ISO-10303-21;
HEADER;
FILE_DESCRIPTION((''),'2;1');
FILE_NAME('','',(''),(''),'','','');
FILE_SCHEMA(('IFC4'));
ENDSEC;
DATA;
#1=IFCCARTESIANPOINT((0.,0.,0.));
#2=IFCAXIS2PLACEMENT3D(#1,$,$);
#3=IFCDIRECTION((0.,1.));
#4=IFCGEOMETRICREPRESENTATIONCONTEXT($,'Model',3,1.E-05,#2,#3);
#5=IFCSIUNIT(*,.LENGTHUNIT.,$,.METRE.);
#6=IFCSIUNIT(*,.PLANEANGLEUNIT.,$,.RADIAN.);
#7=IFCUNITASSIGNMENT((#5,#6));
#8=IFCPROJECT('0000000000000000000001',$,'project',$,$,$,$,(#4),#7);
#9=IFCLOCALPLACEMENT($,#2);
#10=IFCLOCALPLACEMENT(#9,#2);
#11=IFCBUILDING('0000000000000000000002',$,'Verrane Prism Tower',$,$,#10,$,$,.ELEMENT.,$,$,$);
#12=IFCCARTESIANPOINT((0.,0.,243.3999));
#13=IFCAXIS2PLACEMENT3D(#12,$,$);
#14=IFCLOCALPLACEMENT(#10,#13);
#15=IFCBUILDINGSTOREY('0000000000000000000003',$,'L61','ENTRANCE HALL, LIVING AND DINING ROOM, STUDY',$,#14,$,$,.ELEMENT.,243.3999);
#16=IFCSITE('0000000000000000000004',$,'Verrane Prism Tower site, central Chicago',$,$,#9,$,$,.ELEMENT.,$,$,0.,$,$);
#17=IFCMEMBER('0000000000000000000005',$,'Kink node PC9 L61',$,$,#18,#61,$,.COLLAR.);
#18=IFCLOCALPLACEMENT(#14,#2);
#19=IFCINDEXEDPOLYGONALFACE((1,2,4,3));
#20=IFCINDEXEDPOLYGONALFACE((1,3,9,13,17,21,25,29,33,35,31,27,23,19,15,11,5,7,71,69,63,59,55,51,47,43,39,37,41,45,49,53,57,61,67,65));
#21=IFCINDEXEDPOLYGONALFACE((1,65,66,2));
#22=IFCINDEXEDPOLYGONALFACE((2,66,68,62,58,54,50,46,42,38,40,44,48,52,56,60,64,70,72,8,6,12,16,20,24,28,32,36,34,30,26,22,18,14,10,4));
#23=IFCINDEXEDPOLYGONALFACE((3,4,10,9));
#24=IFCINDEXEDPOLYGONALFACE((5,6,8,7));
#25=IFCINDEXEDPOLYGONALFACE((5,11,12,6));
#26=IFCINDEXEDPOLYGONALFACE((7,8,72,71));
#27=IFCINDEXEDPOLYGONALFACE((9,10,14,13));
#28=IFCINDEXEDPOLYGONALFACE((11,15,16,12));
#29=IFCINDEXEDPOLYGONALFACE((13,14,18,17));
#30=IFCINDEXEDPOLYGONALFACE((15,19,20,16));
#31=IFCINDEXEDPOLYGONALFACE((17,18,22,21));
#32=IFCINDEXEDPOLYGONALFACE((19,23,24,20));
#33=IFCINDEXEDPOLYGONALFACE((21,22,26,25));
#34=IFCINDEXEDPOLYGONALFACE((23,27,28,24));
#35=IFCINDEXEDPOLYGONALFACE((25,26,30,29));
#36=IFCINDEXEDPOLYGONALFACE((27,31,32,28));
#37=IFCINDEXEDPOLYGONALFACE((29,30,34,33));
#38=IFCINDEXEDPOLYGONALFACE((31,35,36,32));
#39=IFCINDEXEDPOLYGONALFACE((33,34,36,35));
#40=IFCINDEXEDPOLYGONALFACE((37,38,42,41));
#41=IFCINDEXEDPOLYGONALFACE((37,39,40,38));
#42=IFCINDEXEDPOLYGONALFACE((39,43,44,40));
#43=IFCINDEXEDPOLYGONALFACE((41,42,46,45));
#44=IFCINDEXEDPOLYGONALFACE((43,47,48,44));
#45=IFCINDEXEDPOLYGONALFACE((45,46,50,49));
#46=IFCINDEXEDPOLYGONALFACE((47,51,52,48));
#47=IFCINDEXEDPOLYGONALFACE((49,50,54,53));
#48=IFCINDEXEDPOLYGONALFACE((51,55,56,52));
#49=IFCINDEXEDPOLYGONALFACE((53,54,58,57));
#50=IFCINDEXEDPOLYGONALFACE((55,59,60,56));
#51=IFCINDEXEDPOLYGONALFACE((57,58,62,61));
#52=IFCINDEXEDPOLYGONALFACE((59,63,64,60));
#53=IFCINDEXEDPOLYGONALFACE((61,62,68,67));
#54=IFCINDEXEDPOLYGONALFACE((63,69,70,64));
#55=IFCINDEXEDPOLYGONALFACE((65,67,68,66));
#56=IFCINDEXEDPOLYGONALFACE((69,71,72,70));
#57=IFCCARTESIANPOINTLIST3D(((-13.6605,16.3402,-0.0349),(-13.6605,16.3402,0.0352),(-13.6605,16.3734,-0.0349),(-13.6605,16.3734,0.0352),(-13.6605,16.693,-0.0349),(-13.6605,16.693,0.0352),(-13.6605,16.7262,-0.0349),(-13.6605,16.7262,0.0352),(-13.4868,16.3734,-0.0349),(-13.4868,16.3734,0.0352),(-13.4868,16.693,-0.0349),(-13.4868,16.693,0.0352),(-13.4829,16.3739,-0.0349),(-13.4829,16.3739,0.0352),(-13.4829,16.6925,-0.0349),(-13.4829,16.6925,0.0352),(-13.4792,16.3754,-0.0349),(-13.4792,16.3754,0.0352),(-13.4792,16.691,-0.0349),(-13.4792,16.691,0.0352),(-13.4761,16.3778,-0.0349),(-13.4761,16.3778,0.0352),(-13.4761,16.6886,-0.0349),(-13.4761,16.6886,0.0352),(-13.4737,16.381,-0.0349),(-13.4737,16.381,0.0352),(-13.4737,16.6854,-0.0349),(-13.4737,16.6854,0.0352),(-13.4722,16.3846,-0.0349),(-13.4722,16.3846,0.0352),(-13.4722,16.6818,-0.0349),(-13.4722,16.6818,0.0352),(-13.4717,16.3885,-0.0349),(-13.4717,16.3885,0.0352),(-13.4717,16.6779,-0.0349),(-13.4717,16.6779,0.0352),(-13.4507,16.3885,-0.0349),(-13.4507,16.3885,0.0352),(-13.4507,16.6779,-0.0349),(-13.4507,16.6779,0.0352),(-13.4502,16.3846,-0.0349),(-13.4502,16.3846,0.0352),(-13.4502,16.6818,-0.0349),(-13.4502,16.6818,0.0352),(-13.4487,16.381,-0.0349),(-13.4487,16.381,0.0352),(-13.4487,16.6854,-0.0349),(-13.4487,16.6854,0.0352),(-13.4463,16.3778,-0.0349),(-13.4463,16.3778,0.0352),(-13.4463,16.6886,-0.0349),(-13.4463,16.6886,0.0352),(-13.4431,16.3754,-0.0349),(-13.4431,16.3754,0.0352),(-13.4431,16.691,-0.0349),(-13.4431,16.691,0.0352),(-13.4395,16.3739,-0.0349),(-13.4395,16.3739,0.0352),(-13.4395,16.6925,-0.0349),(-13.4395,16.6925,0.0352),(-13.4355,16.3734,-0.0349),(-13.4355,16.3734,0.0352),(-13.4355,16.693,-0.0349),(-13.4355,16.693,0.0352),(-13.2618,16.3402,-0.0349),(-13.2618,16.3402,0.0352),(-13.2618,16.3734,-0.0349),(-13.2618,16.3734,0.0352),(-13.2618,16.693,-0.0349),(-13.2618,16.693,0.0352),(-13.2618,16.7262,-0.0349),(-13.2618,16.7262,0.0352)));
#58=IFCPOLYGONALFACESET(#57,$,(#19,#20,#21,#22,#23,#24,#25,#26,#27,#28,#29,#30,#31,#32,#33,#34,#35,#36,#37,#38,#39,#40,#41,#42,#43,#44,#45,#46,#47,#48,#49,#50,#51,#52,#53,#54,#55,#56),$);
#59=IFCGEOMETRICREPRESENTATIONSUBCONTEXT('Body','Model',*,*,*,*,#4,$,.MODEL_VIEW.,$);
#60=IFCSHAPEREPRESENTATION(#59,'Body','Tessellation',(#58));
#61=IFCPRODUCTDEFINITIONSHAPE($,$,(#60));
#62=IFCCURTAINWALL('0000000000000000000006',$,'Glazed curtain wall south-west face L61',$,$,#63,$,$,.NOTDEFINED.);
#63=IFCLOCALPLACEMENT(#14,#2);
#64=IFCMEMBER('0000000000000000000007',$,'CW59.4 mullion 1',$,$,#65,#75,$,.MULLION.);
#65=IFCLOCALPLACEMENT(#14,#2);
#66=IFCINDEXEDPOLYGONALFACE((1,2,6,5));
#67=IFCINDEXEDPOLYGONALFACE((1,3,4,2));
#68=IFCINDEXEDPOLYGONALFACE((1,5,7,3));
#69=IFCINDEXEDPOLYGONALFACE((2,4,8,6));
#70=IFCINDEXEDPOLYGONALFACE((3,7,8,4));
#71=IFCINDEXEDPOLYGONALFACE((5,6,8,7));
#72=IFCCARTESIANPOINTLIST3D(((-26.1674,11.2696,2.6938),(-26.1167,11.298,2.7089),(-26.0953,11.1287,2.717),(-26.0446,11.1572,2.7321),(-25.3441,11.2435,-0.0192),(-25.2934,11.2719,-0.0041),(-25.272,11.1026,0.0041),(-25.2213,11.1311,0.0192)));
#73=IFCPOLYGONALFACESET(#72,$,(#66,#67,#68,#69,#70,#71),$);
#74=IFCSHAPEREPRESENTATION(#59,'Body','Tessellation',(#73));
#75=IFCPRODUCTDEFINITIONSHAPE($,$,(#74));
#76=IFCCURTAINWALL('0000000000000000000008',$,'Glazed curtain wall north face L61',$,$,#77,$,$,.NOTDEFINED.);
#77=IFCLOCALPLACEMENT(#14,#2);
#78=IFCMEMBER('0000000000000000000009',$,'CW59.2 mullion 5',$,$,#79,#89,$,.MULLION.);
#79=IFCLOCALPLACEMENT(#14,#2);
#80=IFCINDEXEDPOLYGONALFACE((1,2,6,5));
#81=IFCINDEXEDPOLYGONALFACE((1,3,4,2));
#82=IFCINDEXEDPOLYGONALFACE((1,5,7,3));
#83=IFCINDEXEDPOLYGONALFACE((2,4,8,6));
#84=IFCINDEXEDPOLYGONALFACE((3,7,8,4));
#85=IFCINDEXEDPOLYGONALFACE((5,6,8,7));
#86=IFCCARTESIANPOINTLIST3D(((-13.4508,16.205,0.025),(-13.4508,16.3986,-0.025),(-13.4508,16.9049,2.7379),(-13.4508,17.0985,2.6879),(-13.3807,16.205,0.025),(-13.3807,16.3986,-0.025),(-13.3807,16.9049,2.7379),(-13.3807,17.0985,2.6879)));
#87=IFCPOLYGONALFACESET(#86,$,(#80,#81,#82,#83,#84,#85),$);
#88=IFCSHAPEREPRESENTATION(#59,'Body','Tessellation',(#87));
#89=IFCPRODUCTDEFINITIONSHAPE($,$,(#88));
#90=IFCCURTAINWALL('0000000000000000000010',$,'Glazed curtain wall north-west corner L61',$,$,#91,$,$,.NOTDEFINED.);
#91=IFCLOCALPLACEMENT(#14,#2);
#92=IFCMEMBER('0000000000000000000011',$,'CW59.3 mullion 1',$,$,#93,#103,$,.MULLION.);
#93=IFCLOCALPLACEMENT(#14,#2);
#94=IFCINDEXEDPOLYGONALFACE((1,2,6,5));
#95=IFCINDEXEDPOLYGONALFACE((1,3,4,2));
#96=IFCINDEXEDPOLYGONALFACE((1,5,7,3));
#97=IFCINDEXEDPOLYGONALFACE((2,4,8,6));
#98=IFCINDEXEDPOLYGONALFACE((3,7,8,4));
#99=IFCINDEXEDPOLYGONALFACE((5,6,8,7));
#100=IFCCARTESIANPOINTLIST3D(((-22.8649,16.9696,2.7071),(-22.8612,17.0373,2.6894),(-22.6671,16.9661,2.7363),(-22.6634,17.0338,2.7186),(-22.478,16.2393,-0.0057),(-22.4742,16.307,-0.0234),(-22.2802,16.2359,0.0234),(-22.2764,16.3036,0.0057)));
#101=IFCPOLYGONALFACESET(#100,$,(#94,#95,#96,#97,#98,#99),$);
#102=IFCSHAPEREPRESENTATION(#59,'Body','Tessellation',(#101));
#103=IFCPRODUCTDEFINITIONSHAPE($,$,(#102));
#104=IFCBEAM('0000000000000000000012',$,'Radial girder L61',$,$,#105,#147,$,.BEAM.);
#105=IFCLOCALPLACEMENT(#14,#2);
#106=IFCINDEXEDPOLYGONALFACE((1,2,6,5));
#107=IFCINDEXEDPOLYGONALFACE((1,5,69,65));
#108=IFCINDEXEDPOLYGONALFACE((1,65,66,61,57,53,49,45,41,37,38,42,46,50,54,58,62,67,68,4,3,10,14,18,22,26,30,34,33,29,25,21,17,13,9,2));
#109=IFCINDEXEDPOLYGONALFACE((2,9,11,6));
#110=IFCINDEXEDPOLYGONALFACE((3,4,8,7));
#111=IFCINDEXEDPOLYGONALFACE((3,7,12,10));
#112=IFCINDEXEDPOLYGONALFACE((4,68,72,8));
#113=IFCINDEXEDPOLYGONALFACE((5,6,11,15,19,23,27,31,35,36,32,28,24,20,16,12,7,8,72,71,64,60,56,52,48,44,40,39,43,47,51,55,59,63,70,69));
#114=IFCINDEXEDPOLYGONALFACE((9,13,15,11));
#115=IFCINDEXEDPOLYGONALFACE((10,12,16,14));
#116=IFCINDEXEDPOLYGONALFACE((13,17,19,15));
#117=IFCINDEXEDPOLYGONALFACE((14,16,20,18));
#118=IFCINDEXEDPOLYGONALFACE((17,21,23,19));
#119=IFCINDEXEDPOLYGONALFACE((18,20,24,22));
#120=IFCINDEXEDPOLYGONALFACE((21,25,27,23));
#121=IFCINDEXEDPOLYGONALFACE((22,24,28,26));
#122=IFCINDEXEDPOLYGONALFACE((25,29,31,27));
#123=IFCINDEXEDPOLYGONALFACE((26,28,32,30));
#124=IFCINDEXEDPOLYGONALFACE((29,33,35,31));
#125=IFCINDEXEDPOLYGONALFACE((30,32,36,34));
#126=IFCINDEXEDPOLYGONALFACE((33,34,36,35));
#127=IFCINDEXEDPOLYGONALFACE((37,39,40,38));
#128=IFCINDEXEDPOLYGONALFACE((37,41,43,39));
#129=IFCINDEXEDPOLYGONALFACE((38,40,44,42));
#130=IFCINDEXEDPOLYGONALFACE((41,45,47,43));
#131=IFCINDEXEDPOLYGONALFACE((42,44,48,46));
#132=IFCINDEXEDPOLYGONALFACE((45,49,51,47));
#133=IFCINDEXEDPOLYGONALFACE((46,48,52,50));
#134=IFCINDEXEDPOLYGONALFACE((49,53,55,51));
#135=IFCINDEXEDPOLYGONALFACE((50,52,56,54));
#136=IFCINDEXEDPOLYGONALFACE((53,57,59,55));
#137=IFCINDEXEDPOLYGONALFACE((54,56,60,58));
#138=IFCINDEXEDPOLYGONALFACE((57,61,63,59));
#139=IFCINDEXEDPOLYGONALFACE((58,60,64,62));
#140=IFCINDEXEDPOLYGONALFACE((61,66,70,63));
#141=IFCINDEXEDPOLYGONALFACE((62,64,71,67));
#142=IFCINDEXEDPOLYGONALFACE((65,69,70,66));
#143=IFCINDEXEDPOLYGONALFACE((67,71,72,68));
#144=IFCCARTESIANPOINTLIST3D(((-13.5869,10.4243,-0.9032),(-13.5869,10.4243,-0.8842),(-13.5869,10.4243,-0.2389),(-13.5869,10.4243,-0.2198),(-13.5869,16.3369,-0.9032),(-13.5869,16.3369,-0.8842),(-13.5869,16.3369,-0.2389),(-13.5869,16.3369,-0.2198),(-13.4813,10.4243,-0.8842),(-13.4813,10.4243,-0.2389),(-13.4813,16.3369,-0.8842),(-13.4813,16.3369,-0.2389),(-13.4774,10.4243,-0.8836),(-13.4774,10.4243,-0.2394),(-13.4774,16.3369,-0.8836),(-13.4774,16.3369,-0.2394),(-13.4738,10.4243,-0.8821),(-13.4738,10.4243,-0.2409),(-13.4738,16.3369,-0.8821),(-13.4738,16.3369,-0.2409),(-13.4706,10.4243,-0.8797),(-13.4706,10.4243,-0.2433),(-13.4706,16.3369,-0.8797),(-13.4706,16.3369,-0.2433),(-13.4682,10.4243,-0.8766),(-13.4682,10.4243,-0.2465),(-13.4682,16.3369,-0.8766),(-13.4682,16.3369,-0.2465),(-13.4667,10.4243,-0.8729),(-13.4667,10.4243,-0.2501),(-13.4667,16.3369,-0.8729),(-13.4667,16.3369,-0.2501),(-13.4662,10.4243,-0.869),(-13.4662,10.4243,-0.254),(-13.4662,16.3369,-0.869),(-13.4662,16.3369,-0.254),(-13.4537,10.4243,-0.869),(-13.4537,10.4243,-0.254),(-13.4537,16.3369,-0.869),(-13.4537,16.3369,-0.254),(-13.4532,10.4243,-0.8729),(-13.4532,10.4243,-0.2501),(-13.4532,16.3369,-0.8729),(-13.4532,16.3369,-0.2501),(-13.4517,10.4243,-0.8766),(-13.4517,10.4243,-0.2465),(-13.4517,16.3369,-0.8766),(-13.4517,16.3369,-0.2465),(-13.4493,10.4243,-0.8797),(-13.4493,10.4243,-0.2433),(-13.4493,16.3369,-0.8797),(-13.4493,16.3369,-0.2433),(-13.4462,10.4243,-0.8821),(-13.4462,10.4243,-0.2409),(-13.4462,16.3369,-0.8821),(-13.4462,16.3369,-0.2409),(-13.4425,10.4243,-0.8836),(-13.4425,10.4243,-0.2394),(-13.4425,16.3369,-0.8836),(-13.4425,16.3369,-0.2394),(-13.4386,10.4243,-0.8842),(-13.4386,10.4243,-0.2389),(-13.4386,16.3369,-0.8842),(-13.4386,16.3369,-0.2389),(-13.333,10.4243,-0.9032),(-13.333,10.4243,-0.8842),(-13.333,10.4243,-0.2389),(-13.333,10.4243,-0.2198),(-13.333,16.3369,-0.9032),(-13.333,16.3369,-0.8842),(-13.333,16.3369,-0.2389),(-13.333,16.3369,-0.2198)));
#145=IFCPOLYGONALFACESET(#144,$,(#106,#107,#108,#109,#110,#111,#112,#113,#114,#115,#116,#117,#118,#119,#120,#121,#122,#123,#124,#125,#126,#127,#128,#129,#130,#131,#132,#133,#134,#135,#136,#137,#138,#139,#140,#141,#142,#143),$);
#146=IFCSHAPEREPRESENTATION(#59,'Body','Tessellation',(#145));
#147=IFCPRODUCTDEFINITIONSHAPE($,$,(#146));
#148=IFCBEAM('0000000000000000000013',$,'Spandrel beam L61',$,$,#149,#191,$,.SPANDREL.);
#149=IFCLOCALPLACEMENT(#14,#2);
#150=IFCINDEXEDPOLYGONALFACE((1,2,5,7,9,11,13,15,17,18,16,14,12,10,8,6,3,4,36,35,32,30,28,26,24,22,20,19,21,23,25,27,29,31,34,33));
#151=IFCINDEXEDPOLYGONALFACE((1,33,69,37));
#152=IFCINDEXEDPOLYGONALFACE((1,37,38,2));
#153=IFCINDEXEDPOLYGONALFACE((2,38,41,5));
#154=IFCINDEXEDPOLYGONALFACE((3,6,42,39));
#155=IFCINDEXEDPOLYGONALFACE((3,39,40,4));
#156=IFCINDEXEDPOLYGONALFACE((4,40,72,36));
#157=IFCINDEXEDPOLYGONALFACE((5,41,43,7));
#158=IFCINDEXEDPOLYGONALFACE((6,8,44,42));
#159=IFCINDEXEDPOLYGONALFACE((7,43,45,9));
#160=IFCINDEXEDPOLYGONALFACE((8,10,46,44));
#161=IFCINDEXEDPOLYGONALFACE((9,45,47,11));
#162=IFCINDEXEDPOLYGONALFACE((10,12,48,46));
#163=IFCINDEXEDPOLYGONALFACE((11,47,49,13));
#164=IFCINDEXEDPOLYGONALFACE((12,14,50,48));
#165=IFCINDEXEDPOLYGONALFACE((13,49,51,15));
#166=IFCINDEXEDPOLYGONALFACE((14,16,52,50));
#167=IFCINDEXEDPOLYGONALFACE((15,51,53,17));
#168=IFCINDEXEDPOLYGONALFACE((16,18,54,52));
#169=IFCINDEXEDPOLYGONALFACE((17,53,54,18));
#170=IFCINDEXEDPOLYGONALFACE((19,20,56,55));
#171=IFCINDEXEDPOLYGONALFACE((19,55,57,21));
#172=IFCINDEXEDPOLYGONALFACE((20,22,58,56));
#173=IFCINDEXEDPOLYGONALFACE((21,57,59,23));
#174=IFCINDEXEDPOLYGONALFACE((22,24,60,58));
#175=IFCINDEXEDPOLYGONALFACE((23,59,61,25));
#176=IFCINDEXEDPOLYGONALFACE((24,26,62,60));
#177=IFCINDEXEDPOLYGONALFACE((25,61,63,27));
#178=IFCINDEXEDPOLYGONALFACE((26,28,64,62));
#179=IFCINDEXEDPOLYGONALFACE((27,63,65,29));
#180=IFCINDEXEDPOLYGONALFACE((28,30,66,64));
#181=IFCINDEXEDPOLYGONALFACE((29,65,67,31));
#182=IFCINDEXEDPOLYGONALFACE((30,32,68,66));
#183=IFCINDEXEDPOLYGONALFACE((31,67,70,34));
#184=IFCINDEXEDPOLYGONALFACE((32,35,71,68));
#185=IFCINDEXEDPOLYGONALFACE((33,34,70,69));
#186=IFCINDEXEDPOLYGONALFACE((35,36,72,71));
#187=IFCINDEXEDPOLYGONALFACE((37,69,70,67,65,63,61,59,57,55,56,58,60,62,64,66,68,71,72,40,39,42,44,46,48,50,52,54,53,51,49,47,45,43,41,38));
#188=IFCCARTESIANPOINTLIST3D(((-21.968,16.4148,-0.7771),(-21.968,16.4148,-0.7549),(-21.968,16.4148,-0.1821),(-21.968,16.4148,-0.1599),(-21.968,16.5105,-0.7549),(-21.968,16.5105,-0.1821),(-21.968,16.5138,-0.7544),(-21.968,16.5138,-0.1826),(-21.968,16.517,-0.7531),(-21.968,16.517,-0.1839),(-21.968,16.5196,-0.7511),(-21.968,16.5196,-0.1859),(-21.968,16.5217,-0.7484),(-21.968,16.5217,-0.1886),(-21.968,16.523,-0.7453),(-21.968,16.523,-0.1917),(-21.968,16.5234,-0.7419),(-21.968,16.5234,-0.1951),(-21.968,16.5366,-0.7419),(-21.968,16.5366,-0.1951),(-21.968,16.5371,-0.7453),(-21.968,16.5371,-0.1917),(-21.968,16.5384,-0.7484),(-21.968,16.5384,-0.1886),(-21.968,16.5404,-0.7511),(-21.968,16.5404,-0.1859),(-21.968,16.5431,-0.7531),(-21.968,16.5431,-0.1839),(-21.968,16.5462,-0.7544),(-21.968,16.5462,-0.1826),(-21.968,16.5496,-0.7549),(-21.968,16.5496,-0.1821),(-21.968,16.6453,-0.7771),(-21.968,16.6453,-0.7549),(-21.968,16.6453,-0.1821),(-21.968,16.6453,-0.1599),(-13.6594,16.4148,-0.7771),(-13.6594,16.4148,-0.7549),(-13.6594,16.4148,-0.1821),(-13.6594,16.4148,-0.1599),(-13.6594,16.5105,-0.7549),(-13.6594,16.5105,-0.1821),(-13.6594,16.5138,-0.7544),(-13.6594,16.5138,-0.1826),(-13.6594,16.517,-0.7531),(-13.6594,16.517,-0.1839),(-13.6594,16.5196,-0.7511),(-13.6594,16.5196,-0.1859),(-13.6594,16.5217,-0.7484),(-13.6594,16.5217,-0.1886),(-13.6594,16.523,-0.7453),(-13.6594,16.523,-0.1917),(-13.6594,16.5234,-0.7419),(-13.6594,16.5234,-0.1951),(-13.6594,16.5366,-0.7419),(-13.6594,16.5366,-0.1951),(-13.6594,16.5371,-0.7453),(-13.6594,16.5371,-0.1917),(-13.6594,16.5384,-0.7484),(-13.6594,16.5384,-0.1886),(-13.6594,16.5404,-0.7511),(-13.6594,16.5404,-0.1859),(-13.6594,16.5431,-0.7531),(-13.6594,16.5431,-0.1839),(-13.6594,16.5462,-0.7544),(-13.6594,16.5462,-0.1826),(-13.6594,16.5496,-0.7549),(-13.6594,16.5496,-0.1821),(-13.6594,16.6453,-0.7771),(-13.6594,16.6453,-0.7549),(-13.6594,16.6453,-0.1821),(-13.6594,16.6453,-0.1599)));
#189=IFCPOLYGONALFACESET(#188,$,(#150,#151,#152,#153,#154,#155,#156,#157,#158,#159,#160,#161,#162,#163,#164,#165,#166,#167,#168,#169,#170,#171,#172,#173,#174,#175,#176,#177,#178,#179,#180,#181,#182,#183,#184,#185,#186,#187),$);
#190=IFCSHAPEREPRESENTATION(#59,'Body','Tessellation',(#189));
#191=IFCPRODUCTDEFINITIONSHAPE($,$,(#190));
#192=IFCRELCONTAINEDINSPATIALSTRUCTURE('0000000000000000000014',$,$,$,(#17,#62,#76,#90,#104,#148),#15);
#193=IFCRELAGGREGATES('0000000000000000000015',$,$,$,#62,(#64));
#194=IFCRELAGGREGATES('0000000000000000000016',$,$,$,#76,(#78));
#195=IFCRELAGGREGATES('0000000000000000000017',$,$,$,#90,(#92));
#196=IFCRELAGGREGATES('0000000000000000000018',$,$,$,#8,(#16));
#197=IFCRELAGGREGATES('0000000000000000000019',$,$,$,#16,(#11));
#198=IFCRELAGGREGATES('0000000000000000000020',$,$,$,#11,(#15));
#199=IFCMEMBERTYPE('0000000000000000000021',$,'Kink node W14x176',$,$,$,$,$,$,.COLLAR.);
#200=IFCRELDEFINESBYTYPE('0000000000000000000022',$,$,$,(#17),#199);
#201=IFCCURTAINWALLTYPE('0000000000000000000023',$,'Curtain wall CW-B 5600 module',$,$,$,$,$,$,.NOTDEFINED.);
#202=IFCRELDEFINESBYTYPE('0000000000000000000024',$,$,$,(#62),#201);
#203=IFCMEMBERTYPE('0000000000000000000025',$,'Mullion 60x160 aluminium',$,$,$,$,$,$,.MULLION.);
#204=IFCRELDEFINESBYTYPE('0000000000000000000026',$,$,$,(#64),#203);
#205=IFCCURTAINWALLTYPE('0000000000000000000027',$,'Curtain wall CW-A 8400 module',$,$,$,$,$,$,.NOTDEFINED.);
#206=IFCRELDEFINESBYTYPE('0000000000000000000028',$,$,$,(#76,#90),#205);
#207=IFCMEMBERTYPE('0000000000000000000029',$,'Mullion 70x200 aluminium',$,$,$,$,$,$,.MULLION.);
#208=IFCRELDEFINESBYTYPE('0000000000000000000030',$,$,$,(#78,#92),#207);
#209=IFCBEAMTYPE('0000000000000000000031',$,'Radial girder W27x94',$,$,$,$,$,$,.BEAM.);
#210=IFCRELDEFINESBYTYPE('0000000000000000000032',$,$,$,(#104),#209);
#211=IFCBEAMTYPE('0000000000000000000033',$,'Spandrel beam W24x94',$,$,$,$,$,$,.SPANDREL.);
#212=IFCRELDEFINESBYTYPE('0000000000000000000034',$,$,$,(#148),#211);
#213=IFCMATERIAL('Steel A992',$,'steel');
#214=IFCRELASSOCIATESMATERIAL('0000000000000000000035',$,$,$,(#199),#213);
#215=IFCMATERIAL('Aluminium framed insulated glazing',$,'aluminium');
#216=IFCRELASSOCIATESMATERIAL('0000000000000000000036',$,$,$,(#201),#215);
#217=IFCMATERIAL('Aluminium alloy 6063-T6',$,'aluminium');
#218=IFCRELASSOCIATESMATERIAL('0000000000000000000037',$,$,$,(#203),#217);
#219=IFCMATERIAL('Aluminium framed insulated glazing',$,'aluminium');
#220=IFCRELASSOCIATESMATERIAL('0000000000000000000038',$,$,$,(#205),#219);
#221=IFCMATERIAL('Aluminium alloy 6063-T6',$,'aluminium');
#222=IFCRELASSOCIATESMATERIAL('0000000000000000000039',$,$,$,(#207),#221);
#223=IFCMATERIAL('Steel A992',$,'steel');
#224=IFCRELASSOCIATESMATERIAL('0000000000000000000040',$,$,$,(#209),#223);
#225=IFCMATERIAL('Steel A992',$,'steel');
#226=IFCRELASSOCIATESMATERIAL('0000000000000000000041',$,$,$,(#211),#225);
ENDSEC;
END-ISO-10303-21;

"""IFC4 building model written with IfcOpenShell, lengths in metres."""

from ifc_helpers import new_model, si_unit, direction, frame, origin, origin_2d, place, context, subcontext, project, spatial, rectangle, i_section, extrude, material, material_profile, profile_set, type_object, element, aggregate, save


model = new_model("IFC4")

# Units and contexts
model_context = context("Model", 3, precision=1e-05, world=origin(), true_north=direction((0.0, 1.0)))
body_context = subcontext(model_context, "Body", "Model", "MODEL_VIEW")
ifc_project = project(units=[si_unit("LENGTHUNIT", "METRE"), si_unit("PLANEANGLEUNIT", "RADIAN")], contexts=[model_context])

# Site, building, storey
site_placement = place(None, origin())
site = spatial("IfcSite", under=ifc_project, at=site_placement, Name="Verrane Prism Tower site, central Chicago", CompositionType="ELEMENT", RefElevation=0.0)
building_placement = place(site_placement, origin())
building = spatial("IfcBuilding", under=site, at=building_placement, Name="Verrane Prism Tower", CompositionType="ELEMENT")
storey_placement = place(building_placement, frame((0.0, 0.0, 243.3999)))
storey = spatial("IfcBuildingStorey", under=building, at=storey_placement, Name="L61", Description="ENTRANCE HALL, LIVING AND DINING ROOM, STUDY", CompositionType="ELEMENT", Elevation=243.3999)

# Member
ifc_material_1 = material(Name="Steel A992", Category="steel")
ifc_material_profile_1 = material_profile(ifc_material_1, i_section(OverallWidth=0.3987, OverallDepth=0.386, WebThickness=0.021, FlangeThickness=0.0332, FilletRadius=0.0151, at=origin_2d()), Name="W14x176")
ifc_profile_set_1 = profile_set([ifc_material_profile_1], Name="Steel A992")
member_type_1 = type_object("IfcMemberType", Name="Kink node W14x176", PredefinedType="COLLAR", material=ifc_profile_set_1)
member_1_placement = place(storey_placement, frame((-13.4612, 16.5332, -0.0349), z_axis=(0.0, 0.0, 1.0), x_axis=(1.0, 0.0, 0.0)))
element("IfcMember", 1, at=member_1_placement, inside=storey, type_object=member_type_1, Name="Kink node PC9 L61", PredefinedType="COLLAR", context=body_context, shape_type="SweptSolid", body=[
    extrude(i_section(OverallWidth=0.3987, OverallDepth=0.386, WebThickness=0.021, FlangeThickness=0.0332, FilletRadius=0.0151, at=origin_2d()), origin(), (0.0, 0.0, 1.0), 0.0701),
])

# Curtain walls, members
ifc_material_2 = material(Name="Aluminium framed insulated glazing", Category="aluminium")
curtain_wall_type_1 = type_object("IfcCurtainWallType", Name="Curtain wall CW-B 5600 module", PredefinedType="NOTDEFINED", material=ifc_material_2)
curtain_wall_1_placement = place(storey_placement, origin())
curtain_wall_1 = element("IfcCurtainWall", 2, at=curtain_wall_1_placement, inside=storey, type_object=curtain_wall_type_1, Name="Glazed curtain wall south-west face L61", PredefinedType="NOTDEFINED")
ifc_material_3 = material(Name="Aluminium alloy 6063-T6", Category="aluminium")
ifc_material_profile_2 = material_profile(ifc_material_3, rectangle(XDim=0.1599, YDim=0.0601, at=origin_2d()), Name="Mullion 60x160 aluminium")
ifc_profile_set_2 = profile_set([ifc_material_profile_2], Name="Aluminium alloy 6063-T6")
member_type_2 = type_object("IfcMemberType", Name="Mullion 60x160 aluminium", PredefinedType="MULLION", material=ifc_profile_set_2)
member_2_placement = place(storey_placement, frame((-25.2827, 11.1873, 0.0), z_axis=(-0.290368, 0.009214, 0.956871), x_axis=(0.450727, -0.880764, 0.145257)))
member_2 = element("IfcMember", 3, at=member_2_placement, type_object=member_type_2, Name="CW59.4 mullion 1", PredefinedType="MULLION", context=body_context, shape_type="SweptSolid", body=[
    extrude(rectangle(XDim=0.1599, YDim=0.0601, at=origin_2d()), origin(), (0.0, 0.0, 1.0), 2.8352),
])
ifc_material_4 = material(Name="Aluminium framed insulated glazing", Category="aluminium")
curtain_wall_type_2 = type_object("IfcCurtainWallType", Name="Curtain wall CW-A 8400 module", PredefinedType="NOTDEFINED", material=ifc_material_4)
curtain_wall_2_placement = place(storey_placement, origin())
curtain_wall_2 = element("IfcCurtainWall", 4, at=curtain_wall_2_placement, inside=storey, type_object=curtain_wall_type_2, Name="Glazed curtain wall north face L61", PredefinedType="NOTDEFINED")
ifc_material_5 = material(Name="Aluminium alloy 6063-T6", Category="aluminium")
ifc_material_profile_3 = material_profile(ifc_material_5, rectangle(XDim=0.2, YDim=0.0701, at=origin_2d()), Name="Mullion 70x200 aluminium")
ifc_profile_set_3 = profile_set([ifc_material_profile_3], Name="Aluminium alloy 6063-T6")
member_type_3 = type_object("IfcMemberType", Name="Mullion 70x200 aluminium", PredefinedType="MULLION", material=ifc_profile_set_3)
member_3_placement = place(storey_placement, frame((-13.4158, 16.3018, 0.0), z_axis=(0.0, 0.249828, 0.96829), x_axis=(0.0, 0.96829, -0.249828)))
member_3 = element("IfcMember", 5, at=member_3_placement, type_object=member_type_3, Name="CW59.2 mullion 5", PredefinedType="MULLION", context=body_context, shape_type="SweptSolid", body=[
    extrude(rectangle(XDim=0.2, YDim=0.0701, at=origin_2d()), origin(), (0.0, 0.0, 1.0), 2.8018),
])
curtain_wall_3_placement = place(storey_placement, origin())
curtain_wall_3 = element("IfcCurtainWall", 6, at=curtain_wall_3_placement, inside=storey, type_object=curtain_wall_type_2, Name="Glazed curtain wall north-west corner L61", PredefinedType="NOTDEFINED")
member_4_placement = place(storey_placement, frame((-22.3772, 16.2715, 0.0), z_axis=(-0.136448, 0.257486, 0.9566), x_axis=(-0.98918, 0.017117, -0.145703)))
member_4 = element("IfcMember", 7, at=member_4_placement, type_object=member_type_3, Name="CW59.3 mullion 1", PredefinedType="MULLION", context=body_context, shape_type="SweptSolid", body=[
    extrude(rectangle(XDim=0.2, YDim=0.0701, at=origin_2d()), origin(), (0.0, 0.0, 1.0), 2.8359),
])

# Beams
ifc_material_6 = material(Name="Steel A992", Category="steel")
ifc_material_profile_4 = material_profile(ifc_material_6, i_section(OverallWidth=0.2539, OverallDepth=0.6833, WebThickness=0.0125, FlangeThickness=0.019, FilletRadius=0.0151, at=origin_2d()), Name="W27x94")
ifc_profile_set_4 = profile_set([ifc_material_profile_4], Name="Steel A992")
beam_type_1 = type_object("IfcBeamType", Name="Radial girder W27x94", PredefinedType="BEAM", material=ifc_profile_set_4)
beam_1_placement = place(storey_placement, frame((-13.46, 16.3369, -0.5615), z_axis=(0.0, -1.0, 0.0), x_axis=(1.0, 0.0, 0.0)))
element("IfcBeam", 8, at=beam_1_placement, inside=storey, type_object=beam_type_1, Name="Radial girder L61", PredefinedType="BEAM", context=body_context, shape_type="SweptSolid", body=[
    extrude(i_section(OverallWidth=0.2539, OverallDepth=0.6833, WebThickness=0.0125, FlangeThickness=0.019, FilletRadius=0.0151, at=origin_2d()), origin(), (0.0, 0.0, 1.0), 5.9126),
])
ifc_material_7 = material(Name="Steel A992", Category="steel")
ifc_material_profile_5 = material_profile(ifc_material_7, i_section(OverallWidth=0.2305, OverallDepth=0.6172, WebThickness=0.0132, FlangeThickness=0.0222, FilletRadius=0.0129, at=origin_2d()), Name="W24x94")
ifc_profile_set_5 = profile_set([ifc_material_profile_5], Name="Steel A992")
beam_type_2 = type_object("IfcBeamType", Name="Spandrel beam W24x94", PredefinedType="SPANDREL", material=ifc_profile_set_5)
beam_2_placement = place(storey_placement, frame((-13.6594, 16.53, -0.4685), z_axis=(-1.0, 0.0, 0.0), x_axis=(0.0, -1.0, 0.0)))
element("IfcBeam", 9, at=beam_2_placement, inside=storey, type_object=beam_type_2, Name="Spandrel beam L61", PredefinedType="SPANDREL", context=body_context, shape_type="SweptSolid", body=[
    extrude(i_section(OverallWidth=0.2305, OverallDepth=0.6172, WebThickness=0.0132, FlangeThickness=0.0222, FilletRadius=0.0129, at=origin_2d()), origin(), (0.0, 0.0, 1.0), 8.3086),
])

aggregate(curtain_wall_1, [member_2])
aggregate(curtain_wall_2, [member_3])
aggregate(curtain_wall_3, [member_4])

save(model, "model.ifc")
